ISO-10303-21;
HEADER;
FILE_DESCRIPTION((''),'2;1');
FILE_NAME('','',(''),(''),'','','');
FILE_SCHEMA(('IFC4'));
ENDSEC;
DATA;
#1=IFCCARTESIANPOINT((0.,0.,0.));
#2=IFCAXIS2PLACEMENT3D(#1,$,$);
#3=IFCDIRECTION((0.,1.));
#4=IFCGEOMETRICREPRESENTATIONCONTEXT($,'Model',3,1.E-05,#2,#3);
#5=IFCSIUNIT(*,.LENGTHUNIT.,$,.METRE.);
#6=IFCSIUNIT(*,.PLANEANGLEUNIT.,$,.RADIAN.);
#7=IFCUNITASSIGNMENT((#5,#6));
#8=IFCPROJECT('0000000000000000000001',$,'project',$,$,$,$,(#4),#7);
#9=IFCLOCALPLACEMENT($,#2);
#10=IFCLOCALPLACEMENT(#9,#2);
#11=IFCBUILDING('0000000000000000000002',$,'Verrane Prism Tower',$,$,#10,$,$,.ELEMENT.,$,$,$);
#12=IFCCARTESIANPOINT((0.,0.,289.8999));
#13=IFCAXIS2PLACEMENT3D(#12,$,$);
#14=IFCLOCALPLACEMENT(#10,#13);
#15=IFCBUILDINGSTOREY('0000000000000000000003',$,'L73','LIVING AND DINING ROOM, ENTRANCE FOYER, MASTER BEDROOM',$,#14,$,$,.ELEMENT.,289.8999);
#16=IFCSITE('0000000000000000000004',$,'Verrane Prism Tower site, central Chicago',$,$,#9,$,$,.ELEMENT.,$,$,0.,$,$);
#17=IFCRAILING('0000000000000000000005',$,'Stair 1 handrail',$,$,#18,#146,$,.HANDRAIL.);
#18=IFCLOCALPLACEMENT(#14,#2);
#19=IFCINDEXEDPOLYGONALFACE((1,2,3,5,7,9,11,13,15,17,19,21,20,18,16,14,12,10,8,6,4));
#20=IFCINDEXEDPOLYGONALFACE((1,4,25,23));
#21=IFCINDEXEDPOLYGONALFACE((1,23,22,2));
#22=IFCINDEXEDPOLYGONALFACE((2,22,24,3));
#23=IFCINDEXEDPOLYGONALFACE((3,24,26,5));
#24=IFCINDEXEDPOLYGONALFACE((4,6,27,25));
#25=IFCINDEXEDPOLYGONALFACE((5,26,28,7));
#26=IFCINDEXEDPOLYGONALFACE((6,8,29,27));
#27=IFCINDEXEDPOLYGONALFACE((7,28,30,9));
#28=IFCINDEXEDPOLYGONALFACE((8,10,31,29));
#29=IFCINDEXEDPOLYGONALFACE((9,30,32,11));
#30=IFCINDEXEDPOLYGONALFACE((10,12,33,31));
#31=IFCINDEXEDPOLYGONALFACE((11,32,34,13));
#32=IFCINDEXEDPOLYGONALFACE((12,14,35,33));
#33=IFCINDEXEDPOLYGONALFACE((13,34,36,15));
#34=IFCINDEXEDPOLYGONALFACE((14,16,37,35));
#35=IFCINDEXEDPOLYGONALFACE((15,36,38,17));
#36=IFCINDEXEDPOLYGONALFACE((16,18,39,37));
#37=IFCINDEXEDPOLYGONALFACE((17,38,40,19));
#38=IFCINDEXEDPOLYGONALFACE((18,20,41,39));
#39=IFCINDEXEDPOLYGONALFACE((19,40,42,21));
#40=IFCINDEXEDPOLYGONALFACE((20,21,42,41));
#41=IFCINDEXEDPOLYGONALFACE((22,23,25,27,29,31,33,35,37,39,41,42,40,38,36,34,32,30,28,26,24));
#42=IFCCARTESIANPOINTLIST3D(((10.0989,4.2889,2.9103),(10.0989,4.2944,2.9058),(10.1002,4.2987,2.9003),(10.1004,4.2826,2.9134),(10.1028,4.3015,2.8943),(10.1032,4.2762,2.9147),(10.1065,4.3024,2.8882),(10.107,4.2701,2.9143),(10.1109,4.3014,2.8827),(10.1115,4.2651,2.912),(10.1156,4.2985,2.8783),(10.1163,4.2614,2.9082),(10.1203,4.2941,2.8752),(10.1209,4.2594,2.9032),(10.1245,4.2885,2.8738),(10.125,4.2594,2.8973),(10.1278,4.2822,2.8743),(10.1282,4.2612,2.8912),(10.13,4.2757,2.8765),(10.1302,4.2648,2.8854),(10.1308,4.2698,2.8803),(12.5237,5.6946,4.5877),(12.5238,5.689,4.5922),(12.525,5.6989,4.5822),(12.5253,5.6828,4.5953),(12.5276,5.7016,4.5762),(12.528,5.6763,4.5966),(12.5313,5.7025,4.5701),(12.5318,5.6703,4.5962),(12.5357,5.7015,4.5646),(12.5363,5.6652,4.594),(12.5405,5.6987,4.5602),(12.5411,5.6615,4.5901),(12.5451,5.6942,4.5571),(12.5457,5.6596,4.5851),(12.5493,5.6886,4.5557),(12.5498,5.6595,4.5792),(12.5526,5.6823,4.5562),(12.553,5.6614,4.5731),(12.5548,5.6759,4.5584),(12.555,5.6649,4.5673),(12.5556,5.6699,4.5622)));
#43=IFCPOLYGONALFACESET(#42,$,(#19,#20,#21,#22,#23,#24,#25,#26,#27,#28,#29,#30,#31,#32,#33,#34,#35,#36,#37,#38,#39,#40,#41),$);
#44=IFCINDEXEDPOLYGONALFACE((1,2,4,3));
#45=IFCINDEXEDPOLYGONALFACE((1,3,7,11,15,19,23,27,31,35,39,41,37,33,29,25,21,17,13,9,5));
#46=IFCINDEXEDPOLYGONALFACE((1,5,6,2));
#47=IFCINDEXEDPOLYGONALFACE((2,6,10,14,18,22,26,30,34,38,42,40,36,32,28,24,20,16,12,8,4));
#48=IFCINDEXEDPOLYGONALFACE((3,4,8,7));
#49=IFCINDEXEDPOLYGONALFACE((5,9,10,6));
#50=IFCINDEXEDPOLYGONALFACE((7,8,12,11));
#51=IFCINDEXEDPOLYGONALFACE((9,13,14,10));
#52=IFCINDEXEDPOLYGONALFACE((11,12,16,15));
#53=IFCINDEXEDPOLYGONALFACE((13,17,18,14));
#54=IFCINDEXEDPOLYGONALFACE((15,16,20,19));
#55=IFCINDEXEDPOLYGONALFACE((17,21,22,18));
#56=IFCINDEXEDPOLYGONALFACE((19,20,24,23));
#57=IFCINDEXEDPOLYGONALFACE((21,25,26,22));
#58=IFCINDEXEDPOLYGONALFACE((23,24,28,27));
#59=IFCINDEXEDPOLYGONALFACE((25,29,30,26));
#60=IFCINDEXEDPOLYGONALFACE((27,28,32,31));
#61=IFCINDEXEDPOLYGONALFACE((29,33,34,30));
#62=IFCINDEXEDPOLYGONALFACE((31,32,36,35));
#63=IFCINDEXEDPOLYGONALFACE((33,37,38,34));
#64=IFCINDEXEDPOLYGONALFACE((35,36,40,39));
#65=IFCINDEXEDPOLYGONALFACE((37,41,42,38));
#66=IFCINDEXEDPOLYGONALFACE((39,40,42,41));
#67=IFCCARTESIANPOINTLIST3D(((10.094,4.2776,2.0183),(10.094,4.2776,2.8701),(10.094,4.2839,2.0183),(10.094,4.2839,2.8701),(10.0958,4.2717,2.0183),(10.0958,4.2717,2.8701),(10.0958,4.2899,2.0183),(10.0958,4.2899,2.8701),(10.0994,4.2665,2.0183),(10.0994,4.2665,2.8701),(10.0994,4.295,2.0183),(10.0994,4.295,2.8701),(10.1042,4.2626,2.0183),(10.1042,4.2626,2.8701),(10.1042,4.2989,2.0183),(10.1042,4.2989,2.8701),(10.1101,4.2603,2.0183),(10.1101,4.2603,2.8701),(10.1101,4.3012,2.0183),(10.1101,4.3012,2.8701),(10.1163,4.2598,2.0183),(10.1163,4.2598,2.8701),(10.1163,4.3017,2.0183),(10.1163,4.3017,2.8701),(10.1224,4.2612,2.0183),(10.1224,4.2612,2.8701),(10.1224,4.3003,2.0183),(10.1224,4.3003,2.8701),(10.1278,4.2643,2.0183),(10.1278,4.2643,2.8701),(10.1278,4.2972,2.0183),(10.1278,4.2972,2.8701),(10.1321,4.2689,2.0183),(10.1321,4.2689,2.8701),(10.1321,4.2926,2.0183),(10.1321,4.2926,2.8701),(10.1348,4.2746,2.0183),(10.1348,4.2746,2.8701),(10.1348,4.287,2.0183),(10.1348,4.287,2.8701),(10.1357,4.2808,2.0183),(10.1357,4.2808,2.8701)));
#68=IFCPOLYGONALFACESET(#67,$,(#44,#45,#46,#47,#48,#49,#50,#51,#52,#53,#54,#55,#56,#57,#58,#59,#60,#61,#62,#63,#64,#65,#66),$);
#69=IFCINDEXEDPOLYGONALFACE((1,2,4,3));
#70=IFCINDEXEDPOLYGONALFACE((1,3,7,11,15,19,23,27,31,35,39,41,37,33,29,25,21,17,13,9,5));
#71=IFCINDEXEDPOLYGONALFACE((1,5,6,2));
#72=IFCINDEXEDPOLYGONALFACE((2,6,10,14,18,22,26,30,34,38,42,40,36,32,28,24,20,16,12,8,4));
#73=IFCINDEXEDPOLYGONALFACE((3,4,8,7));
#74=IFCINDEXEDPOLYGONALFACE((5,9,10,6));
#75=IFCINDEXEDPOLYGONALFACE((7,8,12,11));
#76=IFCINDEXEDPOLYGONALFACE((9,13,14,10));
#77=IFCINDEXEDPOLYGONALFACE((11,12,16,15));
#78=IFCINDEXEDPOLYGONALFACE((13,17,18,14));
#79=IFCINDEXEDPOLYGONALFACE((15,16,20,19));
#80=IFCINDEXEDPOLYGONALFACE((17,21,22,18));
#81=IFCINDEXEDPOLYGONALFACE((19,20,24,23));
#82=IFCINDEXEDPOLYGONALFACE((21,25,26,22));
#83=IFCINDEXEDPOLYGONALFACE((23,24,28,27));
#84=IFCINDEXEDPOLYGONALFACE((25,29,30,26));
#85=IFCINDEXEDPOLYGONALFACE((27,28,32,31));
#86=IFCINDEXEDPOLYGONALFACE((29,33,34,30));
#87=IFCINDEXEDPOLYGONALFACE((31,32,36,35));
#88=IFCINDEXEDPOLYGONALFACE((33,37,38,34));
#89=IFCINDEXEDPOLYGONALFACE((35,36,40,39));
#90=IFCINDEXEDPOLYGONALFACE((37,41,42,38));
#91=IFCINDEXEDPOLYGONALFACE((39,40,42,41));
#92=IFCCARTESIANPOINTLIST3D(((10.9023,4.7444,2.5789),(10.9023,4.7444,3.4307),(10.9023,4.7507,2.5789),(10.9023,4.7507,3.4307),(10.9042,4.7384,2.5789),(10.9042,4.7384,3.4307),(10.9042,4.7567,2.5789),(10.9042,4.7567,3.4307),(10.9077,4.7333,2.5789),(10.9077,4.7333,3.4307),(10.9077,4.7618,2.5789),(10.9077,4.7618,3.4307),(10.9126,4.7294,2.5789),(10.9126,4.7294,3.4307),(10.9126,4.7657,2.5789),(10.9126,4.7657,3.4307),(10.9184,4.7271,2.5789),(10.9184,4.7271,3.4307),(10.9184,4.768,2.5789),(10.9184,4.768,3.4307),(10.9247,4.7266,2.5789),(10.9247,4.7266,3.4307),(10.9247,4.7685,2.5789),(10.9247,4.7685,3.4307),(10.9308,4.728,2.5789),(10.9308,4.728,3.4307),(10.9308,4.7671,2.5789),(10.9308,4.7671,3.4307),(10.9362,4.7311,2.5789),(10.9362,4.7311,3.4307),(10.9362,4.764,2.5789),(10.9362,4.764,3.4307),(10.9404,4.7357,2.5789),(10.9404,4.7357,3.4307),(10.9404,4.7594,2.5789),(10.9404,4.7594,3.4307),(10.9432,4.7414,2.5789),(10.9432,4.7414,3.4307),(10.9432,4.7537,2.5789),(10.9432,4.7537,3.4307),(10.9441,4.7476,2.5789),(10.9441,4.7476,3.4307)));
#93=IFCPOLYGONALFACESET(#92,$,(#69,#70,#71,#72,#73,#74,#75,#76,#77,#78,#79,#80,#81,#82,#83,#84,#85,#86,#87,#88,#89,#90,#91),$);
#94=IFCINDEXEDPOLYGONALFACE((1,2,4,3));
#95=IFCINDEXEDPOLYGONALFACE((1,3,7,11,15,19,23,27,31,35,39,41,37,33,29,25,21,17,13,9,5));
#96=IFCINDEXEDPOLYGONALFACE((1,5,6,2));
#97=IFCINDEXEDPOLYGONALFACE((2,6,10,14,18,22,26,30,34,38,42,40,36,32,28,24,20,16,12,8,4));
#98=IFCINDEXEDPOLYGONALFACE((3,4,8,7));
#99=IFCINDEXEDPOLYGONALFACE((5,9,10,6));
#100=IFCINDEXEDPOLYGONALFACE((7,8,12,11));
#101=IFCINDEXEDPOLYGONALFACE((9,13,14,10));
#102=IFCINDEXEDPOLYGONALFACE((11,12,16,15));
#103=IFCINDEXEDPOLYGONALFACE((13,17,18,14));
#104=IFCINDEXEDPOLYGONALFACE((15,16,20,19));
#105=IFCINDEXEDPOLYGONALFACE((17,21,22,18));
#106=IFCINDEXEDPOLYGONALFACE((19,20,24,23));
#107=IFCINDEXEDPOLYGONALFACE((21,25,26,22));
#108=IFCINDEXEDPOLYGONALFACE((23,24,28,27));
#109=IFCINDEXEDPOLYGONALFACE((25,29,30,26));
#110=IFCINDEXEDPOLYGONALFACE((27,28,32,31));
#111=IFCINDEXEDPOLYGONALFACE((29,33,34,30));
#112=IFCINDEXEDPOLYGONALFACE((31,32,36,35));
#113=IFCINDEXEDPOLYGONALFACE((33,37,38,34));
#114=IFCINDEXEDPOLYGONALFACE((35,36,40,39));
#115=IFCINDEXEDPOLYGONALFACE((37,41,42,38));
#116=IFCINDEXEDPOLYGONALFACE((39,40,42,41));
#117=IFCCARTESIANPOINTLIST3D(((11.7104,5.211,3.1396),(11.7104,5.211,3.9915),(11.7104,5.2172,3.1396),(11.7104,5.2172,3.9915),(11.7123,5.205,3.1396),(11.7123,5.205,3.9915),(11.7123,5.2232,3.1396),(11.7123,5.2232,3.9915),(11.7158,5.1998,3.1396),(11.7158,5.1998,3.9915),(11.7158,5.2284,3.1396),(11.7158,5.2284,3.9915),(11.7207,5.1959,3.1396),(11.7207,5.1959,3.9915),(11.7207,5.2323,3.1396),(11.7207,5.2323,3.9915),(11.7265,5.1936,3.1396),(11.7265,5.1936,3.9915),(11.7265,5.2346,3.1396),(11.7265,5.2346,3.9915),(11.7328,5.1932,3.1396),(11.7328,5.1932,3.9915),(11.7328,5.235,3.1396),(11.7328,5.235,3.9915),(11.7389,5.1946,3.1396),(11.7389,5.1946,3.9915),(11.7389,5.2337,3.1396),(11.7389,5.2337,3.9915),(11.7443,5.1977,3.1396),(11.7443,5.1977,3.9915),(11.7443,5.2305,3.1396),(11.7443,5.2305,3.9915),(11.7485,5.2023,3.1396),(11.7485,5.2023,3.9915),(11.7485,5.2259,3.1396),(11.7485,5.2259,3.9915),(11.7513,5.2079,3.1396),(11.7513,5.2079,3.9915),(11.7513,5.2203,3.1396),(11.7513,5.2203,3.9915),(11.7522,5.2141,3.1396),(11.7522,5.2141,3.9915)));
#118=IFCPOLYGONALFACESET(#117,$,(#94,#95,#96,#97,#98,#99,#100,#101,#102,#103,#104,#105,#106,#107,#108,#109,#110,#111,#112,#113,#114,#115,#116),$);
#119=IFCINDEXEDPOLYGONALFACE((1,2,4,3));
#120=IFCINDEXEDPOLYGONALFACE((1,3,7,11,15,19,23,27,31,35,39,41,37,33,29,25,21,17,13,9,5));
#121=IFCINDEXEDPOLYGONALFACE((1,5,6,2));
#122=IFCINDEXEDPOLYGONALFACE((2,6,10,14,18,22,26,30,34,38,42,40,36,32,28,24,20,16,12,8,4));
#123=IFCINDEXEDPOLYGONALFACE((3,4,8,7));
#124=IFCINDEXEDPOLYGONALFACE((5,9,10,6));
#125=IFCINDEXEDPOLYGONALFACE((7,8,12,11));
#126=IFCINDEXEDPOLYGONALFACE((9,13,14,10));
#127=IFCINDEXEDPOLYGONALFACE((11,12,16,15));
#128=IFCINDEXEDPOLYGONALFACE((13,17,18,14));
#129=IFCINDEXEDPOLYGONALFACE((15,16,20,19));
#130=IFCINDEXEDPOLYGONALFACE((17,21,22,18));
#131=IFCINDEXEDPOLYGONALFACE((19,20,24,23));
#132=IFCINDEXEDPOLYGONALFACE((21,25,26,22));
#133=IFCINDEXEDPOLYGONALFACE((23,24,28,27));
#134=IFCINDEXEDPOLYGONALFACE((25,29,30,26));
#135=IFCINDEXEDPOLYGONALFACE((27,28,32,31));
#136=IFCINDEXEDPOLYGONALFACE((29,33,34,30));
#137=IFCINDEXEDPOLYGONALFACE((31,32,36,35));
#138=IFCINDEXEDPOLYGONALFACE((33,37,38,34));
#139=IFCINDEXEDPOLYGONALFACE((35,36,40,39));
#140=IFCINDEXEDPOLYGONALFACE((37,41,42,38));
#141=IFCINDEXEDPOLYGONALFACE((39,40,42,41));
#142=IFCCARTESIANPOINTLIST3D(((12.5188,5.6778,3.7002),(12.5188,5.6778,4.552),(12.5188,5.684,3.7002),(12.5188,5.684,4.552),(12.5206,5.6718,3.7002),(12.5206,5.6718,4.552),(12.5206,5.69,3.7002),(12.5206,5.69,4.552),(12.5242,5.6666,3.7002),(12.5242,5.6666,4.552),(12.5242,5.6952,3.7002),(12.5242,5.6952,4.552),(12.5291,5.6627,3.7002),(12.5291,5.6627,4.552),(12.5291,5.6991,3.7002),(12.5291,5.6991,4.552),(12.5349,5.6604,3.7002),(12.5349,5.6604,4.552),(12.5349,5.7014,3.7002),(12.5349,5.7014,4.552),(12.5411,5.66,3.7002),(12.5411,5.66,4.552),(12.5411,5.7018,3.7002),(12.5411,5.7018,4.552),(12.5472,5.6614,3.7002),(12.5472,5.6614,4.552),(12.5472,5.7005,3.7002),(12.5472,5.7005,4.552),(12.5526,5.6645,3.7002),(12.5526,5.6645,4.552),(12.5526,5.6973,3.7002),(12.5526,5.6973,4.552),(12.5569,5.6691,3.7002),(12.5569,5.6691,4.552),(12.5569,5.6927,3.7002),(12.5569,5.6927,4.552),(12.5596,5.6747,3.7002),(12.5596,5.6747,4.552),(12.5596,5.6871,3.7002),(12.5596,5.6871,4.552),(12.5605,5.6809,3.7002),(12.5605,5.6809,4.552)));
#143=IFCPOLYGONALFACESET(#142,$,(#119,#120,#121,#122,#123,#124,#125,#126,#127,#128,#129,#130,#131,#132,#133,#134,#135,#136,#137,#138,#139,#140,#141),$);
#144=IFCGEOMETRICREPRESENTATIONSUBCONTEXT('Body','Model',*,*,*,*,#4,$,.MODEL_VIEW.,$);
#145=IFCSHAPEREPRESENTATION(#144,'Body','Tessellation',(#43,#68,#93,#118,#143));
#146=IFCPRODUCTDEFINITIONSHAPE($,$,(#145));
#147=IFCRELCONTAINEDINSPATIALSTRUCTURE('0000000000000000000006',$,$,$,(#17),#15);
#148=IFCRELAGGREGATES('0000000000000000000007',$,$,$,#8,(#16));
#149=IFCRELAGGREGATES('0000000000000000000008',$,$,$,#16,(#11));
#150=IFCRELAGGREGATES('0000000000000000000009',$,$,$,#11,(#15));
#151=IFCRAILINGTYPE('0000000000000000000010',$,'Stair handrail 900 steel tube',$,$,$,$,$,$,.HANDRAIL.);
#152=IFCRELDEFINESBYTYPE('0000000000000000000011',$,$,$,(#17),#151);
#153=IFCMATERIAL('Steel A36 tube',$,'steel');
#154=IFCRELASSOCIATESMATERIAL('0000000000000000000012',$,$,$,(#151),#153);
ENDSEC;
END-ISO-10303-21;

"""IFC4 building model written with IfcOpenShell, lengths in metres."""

from ifc_helpers import new_model, si_unit, direction, frame, origin, origin_2d, place, context, subcontext, project, spatial, circle, extrude, material, type_object, element, save


model = new_model("IFC4")

# Units and contexts
model_context = context("Model", 3, precision=1e-05, world=origin(), true_north=direction((0.0, 1.0)))
body_context = subcontext(model_context, "Body", "Model", "MODEL_VIEW")
ifc_project = project(units=[si_unit("LENGTHUNIT", "METRE"), si_unit("PLANEANGLEUNIT", "RADIAN")], contexts=[model_context])

# Site, building, storey
site_placement = place(None, origin())
site = spatial("IfcSite", under=ifc_project, at=site_placement, Name="Verrane Prism Tower site, central Chicago", CompositionType="ELEMENT", RefElevation=0.0)
building_placement = place(site_placement, origin())
building = spatial("IfcBuilding", under=site, at=building_placement, Name="Verrane Prism Tower", CompositionType="ELEMENT")
storey_placement = place(building_placement, frame((0.0, 0.0, 289.8999)))
storey = spatial("IfcBuildingStorey", under=building, at=storey_placement, Name="L73", Description="LIVING AND DINING ROOM, ENTRANCE FOYER, MASTER BEDROOM", CompositionType="ELEMENT", Elevation=289.8999)

# Railing
ifc_material_1 = material(Name="Steel A36 tube", Category="steel")
railing_type = type_object("IfcRailingType", Name="Stair handrail 900 steel tube", PredefinedType="HANDRAIL", material=ifc_material_1)
railing_placement = place(storey_placement, frame((10.1147, 4.2808, 2.0183)))
element("IfcRailing", 1, at=railing_placement, inside=storey, type_object=railing_type, Name="Stair 1 handrail", PredefinedType="HANDRAIL", context=body_context, shape_type="SweptSolid", body=[
    extrude(circle(Radius=0.0239, at=origin_2d()), frame((0.0, 0.0, 0.876), z_axis=(0.742367, 0.428662, 0.514918), x_axis=(-0.50005, 0.865997, 0.0)), (0.0, 0.0, 1.0), 3.2664),
    extrude(circle(Radius=0.021, at=origin_2d()), origin(), (0.0, 0.0, 1.0), 0.8518),
    extrude(circle(Radius=0.021, at=origin_2d()), frame((0.8083, 0.4668, 0.5605)), (0.0, 0.0, 1.0), 0.8518),
    extrude(circle(Radius=0.021, at=origin_2d()), frame((1.6165, 0.9333, 1.1213)), (0.0, 0.0, 1.0), 0.8518),
    extrude(circle(Radius=0.021, at=origin_2d()), frame((2.4248, 1.4001, 1.6819)), (0.0, 0.0, 1.0), 0.8518),
])

save(model, "model.ifc")
